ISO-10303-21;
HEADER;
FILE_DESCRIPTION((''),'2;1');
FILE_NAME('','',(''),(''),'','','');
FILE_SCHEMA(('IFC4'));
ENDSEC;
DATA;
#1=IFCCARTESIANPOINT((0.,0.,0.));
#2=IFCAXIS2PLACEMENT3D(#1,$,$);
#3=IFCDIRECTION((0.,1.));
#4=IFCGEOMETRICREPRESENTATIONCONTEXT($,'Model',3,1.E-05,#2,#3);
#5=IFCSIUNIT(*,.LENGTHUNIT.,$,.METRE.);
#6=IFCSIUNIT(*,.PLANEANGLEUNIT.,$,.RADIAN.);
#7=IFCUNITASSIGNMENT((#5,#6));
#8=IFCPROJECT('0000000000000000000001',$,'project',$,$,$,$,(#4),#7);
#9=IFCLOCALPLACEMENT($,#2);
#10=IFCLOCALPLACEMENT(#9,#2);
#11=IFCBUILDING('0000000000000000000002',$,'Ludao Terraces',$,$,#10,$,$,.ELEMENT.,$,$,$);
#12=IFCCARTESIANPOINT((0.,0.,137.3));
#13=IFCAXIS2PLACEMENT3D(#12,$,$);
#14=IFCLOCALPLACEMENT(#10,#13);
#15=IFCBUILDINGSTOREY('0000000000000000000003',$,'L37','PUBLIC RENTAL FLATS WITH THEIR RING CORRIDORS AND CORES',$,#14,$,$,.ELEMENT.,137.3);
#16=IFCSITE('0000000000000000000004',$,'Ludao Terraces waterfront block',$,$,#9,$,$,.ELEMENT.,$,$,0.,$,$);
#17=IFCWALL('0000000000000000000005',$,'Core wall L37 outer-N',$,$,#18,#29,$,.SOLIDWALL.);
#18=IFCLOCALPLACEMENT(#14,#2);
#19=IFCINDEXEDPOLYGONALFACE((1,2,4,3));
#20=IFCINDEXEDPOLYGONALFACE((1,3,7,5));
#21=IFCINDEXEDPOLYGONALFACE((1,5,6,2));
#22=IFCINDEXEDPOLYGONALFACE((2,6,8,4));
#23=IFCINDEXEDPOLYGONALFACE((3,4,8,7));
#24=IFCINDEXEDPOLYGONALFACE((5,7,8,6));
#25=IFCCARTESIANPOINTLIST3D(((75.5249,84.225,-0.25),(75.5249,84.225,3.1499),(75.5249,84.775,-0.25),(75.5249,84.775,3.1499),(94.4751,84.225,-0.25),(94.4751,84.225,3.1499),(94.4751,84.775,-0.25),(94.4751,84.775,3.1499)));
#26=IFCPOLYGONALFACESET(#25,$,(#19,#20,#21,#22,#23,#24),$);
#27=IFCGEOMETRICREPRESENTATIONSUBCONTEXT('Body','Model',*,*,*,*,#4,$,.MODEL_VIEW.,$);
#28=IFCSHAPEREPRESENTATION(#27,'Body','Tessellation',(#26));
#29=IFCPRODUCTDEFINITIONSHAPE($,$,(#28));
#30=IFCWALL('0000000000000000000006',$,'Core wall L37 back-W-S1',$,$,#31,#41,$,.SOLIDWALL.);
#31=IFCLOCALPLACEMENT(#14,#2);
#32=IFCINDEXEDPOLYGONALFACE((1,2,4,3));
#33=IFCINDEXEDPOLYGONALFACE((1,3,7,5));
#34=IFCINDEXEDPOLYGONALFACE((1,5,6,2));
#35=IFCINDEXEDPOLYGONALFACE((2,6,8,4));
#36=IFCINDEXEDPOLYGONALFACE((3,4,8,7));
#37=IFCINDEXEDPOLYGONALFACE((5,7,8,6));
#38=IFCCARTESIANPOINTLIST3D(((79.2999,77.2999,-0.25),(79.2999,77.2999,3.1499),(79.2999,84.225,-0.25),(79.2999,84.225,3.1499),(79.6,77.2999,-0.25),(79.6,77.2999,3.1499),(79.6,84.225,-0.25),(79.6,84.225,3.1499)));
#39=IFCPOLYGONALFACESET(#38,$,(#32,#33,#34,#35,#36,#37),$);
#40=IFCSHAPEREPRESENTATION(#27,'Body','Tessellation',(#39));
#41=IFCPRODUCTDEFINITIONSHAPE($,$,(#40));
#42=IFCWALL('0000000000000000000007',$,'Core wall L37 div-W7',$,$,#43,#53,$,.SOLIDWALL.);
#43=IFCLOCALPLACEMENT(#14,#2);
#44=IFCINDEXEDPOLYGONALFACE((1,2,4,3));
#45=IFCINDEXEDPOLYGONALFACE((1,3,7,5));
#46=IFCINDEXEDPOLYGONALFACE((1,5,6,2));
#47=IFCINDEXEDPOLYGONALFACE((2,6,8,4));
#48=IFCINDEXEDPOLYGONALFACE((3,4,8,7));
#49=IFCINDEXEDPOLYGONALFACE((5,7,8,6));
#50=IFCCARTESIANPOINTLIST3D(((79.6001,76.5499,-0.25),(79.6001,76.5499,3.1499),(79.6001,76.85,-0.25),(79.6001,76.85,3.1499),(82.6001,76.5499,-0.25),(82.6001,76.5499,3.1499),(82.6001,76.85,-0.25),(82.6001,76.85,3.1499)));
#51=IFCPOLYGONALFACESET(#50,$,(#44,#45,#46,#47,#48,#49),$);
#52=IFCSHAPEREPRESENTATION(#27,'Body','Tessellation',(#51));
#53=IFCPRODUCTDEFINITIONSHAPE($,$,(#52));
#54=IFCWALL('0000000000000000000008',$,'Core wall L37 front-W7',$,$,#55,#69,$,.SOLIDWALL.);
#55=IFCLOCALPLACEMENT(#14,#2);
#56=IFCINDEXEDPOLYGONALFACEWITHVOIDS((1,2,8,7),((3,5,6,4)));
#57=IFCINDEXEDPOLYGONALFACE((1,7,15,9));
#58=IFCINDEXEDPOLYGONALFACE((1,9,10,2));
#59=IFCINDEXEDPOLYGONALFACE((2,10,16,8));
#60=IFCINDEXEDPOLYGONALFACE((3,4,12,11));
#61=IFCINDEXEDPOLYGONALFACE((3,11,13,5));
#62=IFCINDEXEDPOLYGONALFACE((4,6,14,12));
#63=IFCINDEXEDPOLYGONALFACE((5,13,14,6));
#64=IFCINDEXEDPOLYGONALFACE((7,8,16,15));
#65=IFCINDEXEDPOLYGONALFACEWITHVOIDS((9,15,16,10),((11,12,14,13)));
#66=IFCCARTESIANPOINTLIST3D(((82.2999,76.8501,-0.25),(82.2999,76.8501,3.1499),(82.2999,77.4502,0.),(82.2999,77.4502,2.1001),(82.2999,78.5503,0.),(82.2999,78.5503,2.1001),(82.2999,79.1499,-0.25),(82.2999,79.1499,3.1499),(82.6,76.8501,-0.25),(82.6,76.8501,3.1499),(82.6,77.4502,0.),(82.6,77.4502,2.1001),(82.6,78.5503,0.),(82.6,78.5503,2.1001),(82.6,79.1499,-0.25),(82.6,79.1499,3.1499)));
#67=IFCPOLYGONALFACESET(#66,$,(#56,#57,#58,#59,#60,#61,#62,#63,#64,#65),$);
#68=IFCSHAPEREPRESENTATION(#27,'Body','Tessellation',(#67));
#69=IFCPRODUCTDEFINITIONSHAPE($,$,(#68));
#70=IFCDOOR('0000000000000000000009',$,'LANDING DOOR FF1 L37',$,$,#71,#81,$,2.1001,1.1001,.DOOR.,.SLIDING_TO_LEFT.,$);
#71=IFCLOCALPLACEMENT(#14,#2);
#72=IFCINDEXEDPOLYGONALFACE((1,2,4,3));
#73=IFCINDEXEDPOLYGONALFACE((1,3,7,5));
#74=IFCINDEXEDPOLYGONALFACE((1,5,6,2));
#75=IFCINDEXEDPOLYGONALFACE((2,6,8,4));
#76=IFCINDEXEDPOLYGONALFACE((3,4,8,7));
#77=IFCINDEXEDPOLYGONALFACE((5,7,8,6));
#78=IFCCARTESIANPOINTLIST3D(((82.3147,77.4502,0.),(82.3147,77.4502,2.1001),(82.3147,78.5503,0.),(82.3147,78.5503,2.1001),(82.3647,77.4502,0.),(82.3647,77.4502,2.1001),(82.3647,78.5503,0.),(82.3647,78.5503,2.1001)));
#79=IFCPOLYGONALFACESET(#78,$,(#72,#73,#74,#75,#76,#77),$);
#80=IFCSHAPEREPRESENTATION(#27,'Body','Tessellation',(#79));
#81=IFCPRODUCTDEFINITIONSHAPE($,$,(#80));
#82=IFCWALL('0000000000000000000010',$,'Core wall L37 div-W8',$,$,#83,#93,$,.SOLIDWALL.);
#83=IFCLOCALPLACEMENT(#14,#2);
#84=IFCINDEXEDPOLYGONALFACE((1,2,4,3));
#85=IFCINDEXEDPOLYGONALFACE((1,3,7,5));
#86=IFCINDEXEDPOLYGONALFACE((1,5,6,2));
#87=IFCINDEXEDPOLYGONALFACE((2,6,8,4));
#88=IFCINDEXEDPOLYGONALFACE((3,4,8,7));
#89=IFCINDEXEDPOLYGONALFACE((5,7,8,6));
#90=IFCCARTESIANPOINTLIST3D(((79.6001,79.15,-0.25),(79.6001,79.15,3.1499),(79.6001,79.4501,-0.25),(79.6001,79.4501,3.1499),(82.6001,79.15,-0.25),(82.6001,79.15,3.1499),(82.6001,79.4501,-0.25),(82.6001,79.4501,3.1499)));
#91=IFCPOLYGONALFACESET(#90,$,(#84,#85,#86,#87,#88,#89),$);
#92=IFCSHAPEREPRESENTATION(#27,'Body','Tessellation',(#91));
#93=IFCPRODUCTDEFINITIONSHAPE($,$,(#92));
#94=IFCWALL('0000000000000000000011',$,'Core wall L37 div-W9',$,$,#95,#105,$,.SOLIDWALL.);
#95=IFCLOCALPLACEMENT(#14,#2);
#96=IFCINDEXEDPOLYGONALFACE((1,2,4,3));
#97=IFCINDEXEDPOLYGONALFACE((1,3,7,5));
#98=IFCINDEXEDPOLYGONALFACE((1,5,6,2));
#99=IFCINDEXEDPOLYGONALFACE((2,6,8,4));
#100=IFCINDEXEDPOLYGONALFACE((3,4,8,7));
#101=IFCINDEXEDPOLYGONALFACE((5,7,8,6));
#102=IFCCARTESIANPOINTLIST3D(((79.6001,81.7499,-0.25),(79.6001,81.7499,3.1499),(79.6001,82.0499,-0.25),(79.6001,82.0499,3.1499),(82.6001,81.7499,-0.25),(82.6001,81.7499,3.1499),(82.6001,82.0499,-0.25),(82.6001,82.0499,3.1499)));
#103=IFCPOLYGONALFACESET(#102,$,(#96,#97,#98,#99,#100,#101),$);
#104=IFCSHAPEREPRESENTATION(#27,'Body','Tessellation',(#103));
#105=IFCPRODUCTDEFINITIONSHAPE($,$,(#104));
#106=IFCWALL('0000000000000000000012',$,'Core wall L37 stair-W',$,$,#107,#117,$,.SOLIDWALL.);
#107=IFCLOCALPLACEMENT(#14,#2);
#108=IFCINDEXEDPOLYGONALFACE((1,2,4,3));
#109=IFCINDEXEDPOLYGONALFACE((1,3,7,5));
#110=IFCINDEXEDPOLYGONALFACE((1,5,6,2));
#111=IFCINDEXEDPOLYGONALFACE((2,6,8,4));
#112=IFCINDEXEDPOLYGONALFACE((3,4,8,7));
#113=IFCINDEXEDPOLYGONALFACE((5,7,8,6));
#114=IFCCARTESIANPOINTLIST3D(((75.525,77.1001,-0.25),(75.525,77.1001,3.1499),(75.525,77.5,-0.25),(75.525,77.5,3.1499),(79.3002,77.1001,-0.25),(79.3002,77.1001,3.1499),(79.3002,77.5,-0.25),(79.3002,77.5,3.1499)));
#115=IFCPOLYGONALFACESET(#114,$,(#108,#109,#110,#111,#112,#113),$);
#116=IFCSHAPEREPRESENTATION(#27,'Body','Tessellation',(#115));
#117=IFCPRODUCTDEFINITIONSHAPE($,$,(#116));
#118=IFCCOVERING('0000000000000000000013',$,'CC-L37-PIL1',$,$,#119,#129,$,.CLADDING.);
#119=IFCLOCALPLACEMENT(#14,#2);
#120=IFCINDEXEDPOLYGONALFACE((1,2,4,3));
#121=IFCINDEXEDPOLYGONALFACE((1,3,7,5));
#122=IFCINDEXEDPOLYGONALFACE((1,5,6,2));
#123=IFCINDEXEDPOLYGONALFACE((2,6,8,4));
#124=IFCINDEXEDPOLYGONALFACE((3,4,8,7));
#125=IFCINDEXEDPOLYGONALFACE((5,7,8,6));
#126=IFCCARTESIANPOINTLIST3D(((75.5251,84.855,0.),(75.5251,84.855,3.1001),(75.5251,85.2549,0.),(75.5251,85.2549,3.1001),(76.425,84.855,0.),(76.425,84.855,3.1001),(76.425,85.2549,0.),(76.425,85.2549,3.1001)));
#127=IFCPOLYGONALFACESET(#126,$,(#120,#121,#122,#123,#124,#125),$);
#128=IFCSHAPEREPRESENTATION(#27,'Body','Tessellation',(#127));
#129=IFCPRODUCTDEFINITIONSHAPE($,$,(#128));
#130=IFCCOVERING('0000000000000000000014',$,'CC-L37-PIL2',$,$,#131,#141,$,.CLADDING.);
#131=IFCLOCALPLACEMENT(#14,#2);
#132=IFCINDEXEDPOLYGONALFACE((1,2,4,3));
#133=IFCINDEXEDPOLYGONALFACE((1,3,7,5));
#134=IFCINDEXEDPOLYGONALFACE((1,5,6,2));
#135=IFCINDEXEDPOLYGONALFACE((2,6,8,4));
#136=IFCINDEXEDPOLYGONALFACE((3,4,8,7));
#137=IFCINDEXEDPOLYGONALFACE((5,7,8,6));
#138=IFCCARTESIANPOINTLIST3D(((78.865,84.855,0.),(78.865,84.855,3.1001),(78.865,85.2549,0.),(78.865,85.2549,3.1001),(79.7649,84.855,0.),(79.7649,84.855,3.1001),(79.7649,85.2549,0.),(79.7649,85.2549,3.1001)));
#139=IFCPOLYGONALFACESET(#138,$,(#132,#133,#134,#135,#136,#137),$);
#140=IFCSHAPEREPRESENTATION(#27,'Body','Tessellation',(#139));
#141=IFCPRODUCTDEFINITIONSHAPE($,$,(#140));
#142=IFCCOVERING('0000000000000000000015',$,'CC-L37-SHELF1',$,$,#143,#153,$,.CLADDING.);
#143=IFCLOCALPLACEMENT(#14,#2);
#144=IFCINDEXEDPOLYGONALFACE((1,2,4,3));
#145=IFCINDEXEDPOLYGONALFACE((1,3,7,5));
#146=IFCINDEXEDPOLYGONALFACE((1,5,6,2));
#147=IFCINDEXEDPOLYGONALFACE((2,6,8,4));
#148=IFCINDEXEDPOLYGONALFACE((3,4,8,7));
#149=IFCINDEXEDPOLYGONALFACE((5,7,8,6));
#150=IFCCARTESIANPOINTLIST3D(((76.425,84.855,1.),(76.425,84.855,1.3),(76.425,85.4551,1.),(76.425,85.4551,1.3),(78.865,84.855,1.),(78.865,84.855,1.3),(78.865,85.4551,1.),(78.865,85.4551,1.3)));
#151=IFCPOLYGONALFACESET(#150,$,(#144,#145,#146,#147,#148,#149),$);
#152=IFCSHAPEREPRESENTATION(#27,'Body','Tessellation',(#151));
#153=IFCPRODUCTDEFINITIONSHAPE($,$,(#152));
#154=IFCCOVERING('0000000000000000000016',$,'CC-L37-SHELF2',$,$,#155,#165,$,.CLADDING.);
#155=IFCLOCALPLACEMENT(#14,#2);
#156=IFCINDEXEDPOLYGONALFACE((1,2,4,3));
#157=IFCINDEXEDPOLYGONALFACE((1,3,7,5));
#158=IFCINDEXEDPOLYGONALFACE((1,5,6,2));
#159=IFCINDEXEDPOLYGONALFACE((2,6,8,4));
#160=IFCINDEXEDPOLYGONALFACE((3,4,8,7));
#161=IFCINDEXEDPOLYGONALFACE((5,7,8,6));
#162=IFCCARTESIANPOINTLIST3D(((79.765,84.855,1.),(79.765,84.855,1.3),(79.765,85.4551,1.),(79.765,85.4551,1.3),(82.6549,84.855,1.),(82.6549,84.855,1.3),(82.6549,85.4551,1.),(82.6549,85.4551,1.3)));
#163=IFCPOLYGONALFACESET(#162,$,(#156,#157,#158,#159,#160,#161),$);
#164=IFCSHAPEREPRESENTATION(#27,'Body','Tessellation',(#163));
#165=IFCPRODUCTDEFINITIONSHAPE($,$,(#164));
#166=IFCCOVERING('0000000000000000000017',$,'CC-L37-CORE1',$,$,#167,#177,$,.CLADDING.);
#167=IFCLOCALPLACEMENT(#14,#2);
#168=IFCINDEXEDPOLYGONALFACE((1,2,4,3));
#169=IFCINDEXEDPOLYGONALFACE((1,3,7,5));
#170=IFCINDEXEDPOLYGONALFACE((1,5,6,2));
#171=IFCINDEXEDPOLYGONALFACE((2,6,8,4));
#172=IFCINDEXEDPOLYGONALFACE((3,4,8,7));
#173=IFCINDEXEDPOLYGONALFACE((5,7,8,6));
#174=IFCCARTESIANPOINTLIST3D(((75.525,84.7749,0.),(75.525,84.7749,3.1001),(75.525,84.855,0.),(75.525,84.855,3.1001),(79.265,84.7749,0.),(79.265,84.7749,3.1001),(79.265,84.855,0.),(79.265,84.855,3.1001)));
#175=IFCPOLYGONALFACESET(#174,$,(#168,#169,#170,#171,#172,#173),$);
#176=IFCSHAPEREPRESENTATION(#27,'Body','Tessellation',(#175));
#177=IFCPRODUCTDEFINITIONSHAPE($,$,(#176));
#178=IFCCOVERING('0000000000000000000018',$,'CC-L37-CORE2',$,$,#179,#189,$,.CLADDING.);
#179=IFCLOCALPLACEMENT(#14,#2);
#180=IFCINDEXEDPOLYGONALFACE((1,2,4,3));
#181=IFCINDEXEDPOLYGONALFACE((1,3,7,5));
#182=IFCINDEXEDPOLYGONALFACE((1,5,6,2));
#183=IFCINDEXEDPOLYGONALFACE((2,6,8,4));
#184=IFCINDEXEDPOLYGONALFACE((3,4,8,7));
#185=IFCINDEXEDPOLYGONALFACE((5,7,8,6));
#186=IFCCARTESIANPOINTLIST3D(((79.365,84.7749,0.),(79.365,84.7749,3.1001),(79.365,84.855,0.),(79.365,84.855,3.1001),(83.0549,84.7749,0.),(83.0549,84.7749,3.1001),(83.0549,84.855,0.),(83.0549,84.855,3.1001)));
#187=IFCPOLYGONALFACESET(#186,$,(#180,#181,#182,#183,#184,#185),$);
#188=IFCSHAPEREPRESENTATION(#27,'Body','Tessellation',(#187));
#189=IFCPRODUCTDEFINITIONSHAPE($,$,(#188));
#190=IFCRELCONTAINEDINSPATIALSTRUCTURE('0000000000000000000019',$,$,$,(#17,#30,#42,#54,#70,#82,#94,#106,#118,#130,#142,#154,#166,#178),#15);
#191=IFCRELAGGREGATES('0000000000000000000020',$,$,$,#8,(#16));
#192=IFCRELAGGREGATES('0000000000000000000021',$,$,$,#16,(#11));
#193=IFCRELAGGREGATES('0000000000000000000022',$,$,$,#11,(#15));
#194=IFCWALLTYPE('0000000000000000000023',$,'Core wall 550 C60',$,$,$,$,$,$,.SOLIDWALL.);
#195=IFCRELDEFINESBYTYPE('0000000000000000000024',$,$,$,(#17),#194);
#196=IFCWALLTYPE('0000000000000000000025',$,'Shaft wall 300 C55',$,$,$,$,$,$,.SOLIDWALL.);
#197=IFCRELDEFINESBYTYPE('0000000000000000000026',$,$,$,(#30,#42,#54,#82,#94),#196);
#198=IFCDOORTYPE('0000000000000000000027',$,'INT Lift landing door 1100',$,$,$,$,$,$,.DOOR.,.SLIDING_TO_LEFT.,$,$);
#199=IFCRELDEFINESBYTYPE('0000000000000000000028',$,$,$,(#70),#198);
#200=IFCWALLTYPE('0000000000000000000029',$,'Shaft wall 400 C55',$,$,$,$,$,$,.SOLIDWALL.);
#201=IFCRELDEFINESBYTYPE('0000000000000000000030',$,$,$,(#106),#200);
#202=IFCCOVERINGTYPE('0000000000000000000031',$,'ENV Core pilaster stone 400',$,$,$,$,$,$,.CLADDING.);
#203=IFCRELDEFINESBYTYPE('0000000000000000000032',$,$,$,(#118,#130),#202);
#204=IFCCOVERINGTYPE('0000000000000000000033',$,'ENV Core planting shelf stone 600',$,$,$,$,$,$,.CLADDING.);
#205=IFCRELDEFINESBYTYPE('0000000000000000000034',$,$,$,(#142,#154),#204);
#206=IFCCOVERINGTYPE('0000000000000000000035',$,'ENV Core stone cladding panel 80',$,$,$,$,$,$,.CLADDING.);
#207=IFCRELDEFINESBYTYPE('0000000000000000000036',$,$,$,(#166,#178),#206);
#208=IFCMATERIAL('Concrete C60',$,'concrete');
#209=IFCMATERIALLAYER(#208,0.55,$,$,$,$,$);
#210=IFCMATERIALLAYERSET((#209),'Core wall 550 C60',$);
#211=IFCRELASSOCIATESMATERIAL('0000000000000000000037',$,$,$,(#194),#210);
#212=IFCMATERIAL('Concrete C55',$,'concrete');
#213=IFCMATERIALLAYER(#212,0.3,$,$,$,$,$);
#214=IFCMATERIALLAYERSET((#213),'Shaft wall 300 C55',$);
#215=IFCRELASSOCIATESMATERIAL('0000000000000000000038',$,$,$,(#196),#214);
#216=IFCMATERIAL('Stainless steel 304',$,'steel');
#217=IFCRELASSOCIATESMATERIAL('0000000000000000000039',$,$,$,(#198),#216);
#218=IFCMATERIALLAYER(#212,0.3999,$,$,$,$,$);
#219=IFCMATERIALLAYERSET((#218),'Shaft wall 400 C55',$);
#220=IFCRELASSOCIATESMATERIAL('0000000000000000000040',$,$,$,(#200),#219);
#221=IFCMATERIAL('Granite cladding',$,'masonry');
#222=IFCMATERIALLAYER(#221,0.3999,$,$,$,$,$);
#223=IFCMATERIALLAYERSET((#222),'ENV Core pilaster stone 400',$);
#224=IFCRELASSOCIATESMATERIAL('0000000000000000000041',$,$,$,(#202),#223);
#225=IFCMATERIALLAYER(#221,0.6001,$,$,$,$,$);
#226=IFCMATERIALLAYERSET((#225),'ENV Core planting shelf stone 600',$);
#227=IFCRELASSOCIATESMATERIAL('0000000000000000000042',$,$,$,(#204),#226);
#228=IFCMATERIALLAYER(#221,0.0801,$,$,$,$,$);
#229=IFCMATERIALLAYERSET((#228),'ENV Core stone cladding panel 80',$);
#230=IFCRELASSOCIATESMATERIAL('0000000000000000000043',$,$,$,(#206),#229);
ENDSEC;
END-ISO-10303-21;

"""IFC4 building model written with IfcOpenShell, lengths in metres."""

from ifc_helpers import new_model, si_unit, direction, frame, frame_2d, origin, origin_2d, place, context, subcontext, project, spatial, rectangle, extrude, material, layer, layer_set, type_object, element, fill, save


model = new_model("IFC4")

# Units and contexts
model_context = context("Model", 3, precision=1e-05, world=origin(), true_north=direction((0.0, 1.0)))
body_context = subcontext(model_context, "Body", "Model", "MODEL_VIEW")
ifc_project = project(units=[si_unit("LENGTHUNIT", "METRE"), si_unit("PLANEANGLEUNIT", "RADIAN")], contexts=[model_context])

# Site, building, storey
site_placement = place(None, origin())
site = spatial("IfcSite", under=ifc_project, at=site_placement, Name="Ludao Terraces waterfront block", CompositionType="ELEMENT", RefElevation=0.0)
building_placement = place(site_placement, origin())
building = spatial("IfcBuilding", under=site, at=building_placement, Name="Ludao Terraces", CompositionType="ELEMENT")
storey_placement = place(building_placement, frame((0.0, 0.0, 137.3)))
storey = spatial("IfcBuildingStorey", under=building, at=storey_placement, Name="L37", Description="PUBLIC RENTAL FLATS WITH THEIR RING CORRIDORS AND CORES", CompositionType="ELEMENT", Elevation=137.3)

# Walls
ifc_material_1 = material(Name="Concrete C60", Category="concrete")
ifc_layer_1 = layer(ifc_material_1, 0.55)
ifc_layer_set_1 = layer_set([ifc_layer_1], Name="Core wall 550 C60")
wall_type_1 = type_object("IfcWallType", Name="Core wall 550 C60", PredefinedType="SOLIDWALL", material=ifc_layer_set_1)
wall_1_placement = place(storey_placement, frame((75.5249, 84.5, -0.25), z_axis=(0.0, 0.0, 1.0), x_axis=(1.0, 0.0, 0.0)))
element("IfcWall", 1, at=wall_1_placement, inside=storey, type_object=wall_type_1, Name="Core wall L37 outer-N", PredefinedType="SOLIDWALL", context=body_context, shape_type="SweptSolid", body=[
    extrude(rectangle(XDim=18.9502, YDim=0.55, at=frame_2d((9.4751, 0.0))), origin(), (0.0, 0.0, 1.0), 3.3999),
])
ifc_material_2 = material(Name="Concrete C55", Category="concrete")
ifc_layer_2 = layer(ifc_material_2, 0.3)
ifc_layer_set_2 = layer_set([ifc_layer_2], Name="Shaft wall 300 C55")
wall_type_2 = type_object("IfcWallType", Name="Shaft wall 300 C55", PredefinedType="SOLIDWALL", material=ifc_layer_set_2)
wall_2_placement = place(storey_placement, frame((79.45, 77.3, -0.25), z_axis=(0.0, 0.0, 1.0), x_axis=(0.0, 1.0, 0.0)))
element("IfcWall", 2, at=wall_2_placement, inside=storey, type_object=wall_type_2, Name="Core wall L37 back-W-S1", PredefinedType="SOLIDWALL", context=body_context, shape_type="SweptSolid", body=[
    extrude(rectangle(XDim=6.925, YDim=0.3, at=frame_2d((3.4624, 0.0))), origin(), (0.0, 0.0, 1.0), 3.3999),
])
wall_3_placement = place(storey_placement, frame((79.6001, 76.7, -0.25), z_axis=(0.0, 0.0, 1.0), x_axis=(1.0, 0.0, 0.0)))
element("IfcWall", 3, at=wall_3_placement, inside=storey, type_object=wall_type_2, Name="Core wall L37 div-W7", PredefinedType="SOLIDWALL", context=body_context, shape_type="SweptSolid", body=[
    extrude(rectangle(XDim=3.0, YDim=0.3, at=frame_2d((1.5, 0.0))), origin(), (0.0, 0.0, 1.0), 3.3999),
])

# Wall, opening, door
wall_4_placement = place(storey_placement, frame((82.45, 76.8501, -0.25), z_axis=(0.0, 0.0, 1.0), x_axis=(0.0, 1.0, 0.0)))
wall_4 = element("IfcWall", 4, at=wall_4_placement, inside=storey, type_object=wall_type_2, Name="Core wall L37 front-W7", PredefinedType="SOLIDWALL", context=body_context, shape_type="SweptSolid", body=[
    extrude(rectangle(XDim=2.2998, YDim=0.3, at=frame_2d((1.1499, 0.0))), origin(), (0.0, 0.0, 1.0), 3.3999),
])
opening_placement = place(wall_4_placement, frame((0.6001, 0.0, 0.25)))
opening = element("IfcOpeningElement", 5, at=opening_placement, cuts=wall_4, PredefinedType="OPENING", context=body_context, shape_type="SweptSolid", body=[
    extrude(rectangle(XDim=1.1001, YDim=2.1001, at=frame_2d((0.55, 1.05))), frame((0.0, 0.1602, 0.0), z_axis=(0.0, -1.0, 0.0), x_axis=(1.0, 0.0, 0.0)), (0.0, 0.0, 1.0), 0.3201),
])
ifc_material_3 = material(Name="Stainless steel 304", Category="steel")
door_type = type_object("IfcDoorType", Name="INT Lift landing door 1100", OperationType="SLIDING_TO_LEFT", PredefinedType="DOOR", material=ifc_material_3)
door_placement = place(opening_placement, origin())
door = element("IfcDoor", 6, at=door_placement, inside=storey, type_object=door_type, Name="LANDING DOOR FF1 L37", OperationType="SLIDING_TO_LEFT", OverallHeight=2.1001, OverallWidth=1.1001, PredefinedType="DOOR", context=body_context, shape_type="SweptSolid", body=[
    extrude(rectangle(XDim=1.1001, YDim=2.1001, at=frame_2d((0.55, 1.05))), frame((0.0, 0.1353, 0.0), z_axis=(0.0, -1.0, 0.0), x_axis=(1.0, 0.0, 0.0)), (0.0, 0.0, 1.0), 0.05),
])
fill(opening, door)

# Walls
for number, where, z_axis, x_axis, name in (
    (7, (79.6001, 79.3, -0.25), (0.0, 0.0, 1.0), (1.0, 0.0, 0.0), "Core wall L37 div-W8"),
    (8, (79.6001, 81.8999, -0.25), (0.0, 0.0, 1.0), (1.0, 0.0, 0.0), "Core wall L37 div-W9"),
):
    element("IfcWall", number, at=place(storey_placement, frame(where, z_axis=z_axis, x_axis=x_axis)), inside=storey, type_object=wall_type_2, Name=name, PredefinedType="SOLIDWALL", context=body_context, shape_type="SweptSolid", body=[
        extrude(rectangle(XDim=3.0, YDim=0.3, at=frame_2d((1.5, 0.0))), origin(), (0.0, 0.0, 1.0), 3.3999),
    ])
ifc_layer_3 = layer(ifc_material_2, 0.3999)
ifc_layer_set_3 = layer_set([ifc_layer_3], Name="Shaft wall 400 C55")
wall_type_3 = type_object("IfcWallType", Name="Shaft wall 400 C55", PredefinedType="SOLIDWALL", material=ifc_layer_set_3)
wall_5_placement = place(storey_placement, frame((75.5249, 77.3, -0.25), z_axis=(0.0, 0.0, 1.0), x_axis=(1.0, 0.0, 0.0)))
element("IfcWall", 9, at=wall_5_placement, inside=storey, type_object=wall_type_3, Name="Core wall L37 stair-W", PredefinedType="SOLIDWALL", context=body_context, shape_type="SweptSolid", body=[
    extrude(rectangle(XDim=3.7751, YDim=0.3999, at=frame_2d((1.8877, 0.0))), origin(), (0.0, 0.0, 1.0), 3.3999),
])

# Coverings
ifc_material_4 = material(Name="Granite cladding", Category="masonry")
ifc_layer_4 = layer(ifc_material_4, 0.3999)
ifc_layer_set_4 = layer_set([ifc_layer_4], Name="ENV Core pilaster stone 400")
covering_type_1 = type_object("IfcCoveringType", Name="ENV Core pilaster stone 400", PredefinedType="CLADDING", material=ifc_layer_set_4)
for number, where, z_axis, x_axis, name in (
    (10, (75.9751, 85.0549, 0.0), (0.0, 0.0, 1.0), (1.0, 0.0, 0.0), "CC-L37-PIL1"),
    (11, (79.3149, 85.0549, 0.0), (0.0, 0.0, 1.0), (1.0, 0.0, 0.0), "CC-L37-PIL2"),
):
    element("IfcCovering", number, at=place(storey_placement, frame(where, z_axis=z_axis, x_axis=x_axis)), inside=storey, type_object=covering_type_1, Name=name, PredefinedType="CLADDING", context=body_context, shape_type="SweptSolid", body=[
        extrude(rectangle(XDim=0.8999, YDim=0.3999, at=origin_2d()), origin(), (0.0, 0.0, 1.0), 3.1001),
    ])
ifc_layer_5 = layer(ifc_material_4, 0.6001)
ifc_layer_set_5 = layer_set([ifc_layer_5], Name="ENV Core planting shelf stone 600")
covering_type_2 = type_object("IfcCoveringType", Name="ENV Core planting shelf stone 600", PredefinedType="CLADDING", material=ifc_layer_set_5)
covering_1_placement = place(storey_placement, frame((77.645, 85.155, 1.0), z_axis=(0.0, 0.0, 1.0), x_axis=(1.0, 0.0, 0.0)))
element("IfcCovering", 12, at=covering_1_placement, inside=storey, type_object=covering_type_2, Name="CC-L37-SHELF1", PredefinedType="CLADDING", context=body_context, shape_type="SweptSolid", body=[
    extrude(rectangle(XDim=2.4399, YDim=0.6001, at=origin_2d()), origin(), (0.0, 0.0, 1.0), 0.3),
])
covering_2_placement = place(storey_placement, frame((81.21, 85.155, 1.0), z_axis=(0.0, 0.0, 1.0), x_axis=(1.0, 0.0, 0.0)))
element("IfcCovering", 13, at=covering_2_placement, inside=storey, type_object=covering_type_2, Name="CC-L37-SHELF2", PredefinedType="CLADDING", context=body_context, shape_type="SweptSolid", body=[
    extrude(rectangle(XDim=2.8899, YDim=0.6001, at=origin_2d()), origin(), (0.0, 0.0, 1.0), 0.3),
])
ifc_layer_6 = layer(ifc_material_4, 0.0801)
ifc_layer_set_6 = layer_set([ifc_layer_6], Name="ENV Core stone cladding panel 80")
covering_type_3 = type_object("IfcCoveringType", Name="ENV Core stone cladding panel 80", PredefinedType="CLADDING", material=ifc_layer_set_6)
covering_3_placement = place(storey_placement, frame((77.395, 84.8149, 0.0), z_axis=(0.0, 0.0, 1.0), x_axis=(1.0, 0.0, 0.0)))
element("IfcCovering", 14, at=covering_3_placement, inside=storey, type_object=covering_type_3, Name="CC-L37-CORE1", PredefinedType="CLADDING", context=body_context, shape_type="SweptSolid", body=[
    extrude(rectangle(XDim=3.74, YDim=0.0801, at=origin_2d()), origin(), (0.0, 0.0, 1.0), 3.1001),
])
covering_4_placement = place(storey_placement, frame((81.21, 84.8149, 0.0), z_axis=(0.0, 0.0, 1.0), x_axis=(1.0, 0.0, 0.0)))
element("IfcCovering", 15, at=covering_4_placement, inside=storey, type_object=covering_type_3, Name="CC-L37-CORE2", PredefinedType="CLADDING", context=body_context, shape_type="SweptSolid", body=[
    extrude(rectangle(XDim=3.6899, YDim=0.0801, at=origin_2d()), origin(), (0.0, 0.0, 1.0), 3.1001),
])

save(model, "model.ifc")
